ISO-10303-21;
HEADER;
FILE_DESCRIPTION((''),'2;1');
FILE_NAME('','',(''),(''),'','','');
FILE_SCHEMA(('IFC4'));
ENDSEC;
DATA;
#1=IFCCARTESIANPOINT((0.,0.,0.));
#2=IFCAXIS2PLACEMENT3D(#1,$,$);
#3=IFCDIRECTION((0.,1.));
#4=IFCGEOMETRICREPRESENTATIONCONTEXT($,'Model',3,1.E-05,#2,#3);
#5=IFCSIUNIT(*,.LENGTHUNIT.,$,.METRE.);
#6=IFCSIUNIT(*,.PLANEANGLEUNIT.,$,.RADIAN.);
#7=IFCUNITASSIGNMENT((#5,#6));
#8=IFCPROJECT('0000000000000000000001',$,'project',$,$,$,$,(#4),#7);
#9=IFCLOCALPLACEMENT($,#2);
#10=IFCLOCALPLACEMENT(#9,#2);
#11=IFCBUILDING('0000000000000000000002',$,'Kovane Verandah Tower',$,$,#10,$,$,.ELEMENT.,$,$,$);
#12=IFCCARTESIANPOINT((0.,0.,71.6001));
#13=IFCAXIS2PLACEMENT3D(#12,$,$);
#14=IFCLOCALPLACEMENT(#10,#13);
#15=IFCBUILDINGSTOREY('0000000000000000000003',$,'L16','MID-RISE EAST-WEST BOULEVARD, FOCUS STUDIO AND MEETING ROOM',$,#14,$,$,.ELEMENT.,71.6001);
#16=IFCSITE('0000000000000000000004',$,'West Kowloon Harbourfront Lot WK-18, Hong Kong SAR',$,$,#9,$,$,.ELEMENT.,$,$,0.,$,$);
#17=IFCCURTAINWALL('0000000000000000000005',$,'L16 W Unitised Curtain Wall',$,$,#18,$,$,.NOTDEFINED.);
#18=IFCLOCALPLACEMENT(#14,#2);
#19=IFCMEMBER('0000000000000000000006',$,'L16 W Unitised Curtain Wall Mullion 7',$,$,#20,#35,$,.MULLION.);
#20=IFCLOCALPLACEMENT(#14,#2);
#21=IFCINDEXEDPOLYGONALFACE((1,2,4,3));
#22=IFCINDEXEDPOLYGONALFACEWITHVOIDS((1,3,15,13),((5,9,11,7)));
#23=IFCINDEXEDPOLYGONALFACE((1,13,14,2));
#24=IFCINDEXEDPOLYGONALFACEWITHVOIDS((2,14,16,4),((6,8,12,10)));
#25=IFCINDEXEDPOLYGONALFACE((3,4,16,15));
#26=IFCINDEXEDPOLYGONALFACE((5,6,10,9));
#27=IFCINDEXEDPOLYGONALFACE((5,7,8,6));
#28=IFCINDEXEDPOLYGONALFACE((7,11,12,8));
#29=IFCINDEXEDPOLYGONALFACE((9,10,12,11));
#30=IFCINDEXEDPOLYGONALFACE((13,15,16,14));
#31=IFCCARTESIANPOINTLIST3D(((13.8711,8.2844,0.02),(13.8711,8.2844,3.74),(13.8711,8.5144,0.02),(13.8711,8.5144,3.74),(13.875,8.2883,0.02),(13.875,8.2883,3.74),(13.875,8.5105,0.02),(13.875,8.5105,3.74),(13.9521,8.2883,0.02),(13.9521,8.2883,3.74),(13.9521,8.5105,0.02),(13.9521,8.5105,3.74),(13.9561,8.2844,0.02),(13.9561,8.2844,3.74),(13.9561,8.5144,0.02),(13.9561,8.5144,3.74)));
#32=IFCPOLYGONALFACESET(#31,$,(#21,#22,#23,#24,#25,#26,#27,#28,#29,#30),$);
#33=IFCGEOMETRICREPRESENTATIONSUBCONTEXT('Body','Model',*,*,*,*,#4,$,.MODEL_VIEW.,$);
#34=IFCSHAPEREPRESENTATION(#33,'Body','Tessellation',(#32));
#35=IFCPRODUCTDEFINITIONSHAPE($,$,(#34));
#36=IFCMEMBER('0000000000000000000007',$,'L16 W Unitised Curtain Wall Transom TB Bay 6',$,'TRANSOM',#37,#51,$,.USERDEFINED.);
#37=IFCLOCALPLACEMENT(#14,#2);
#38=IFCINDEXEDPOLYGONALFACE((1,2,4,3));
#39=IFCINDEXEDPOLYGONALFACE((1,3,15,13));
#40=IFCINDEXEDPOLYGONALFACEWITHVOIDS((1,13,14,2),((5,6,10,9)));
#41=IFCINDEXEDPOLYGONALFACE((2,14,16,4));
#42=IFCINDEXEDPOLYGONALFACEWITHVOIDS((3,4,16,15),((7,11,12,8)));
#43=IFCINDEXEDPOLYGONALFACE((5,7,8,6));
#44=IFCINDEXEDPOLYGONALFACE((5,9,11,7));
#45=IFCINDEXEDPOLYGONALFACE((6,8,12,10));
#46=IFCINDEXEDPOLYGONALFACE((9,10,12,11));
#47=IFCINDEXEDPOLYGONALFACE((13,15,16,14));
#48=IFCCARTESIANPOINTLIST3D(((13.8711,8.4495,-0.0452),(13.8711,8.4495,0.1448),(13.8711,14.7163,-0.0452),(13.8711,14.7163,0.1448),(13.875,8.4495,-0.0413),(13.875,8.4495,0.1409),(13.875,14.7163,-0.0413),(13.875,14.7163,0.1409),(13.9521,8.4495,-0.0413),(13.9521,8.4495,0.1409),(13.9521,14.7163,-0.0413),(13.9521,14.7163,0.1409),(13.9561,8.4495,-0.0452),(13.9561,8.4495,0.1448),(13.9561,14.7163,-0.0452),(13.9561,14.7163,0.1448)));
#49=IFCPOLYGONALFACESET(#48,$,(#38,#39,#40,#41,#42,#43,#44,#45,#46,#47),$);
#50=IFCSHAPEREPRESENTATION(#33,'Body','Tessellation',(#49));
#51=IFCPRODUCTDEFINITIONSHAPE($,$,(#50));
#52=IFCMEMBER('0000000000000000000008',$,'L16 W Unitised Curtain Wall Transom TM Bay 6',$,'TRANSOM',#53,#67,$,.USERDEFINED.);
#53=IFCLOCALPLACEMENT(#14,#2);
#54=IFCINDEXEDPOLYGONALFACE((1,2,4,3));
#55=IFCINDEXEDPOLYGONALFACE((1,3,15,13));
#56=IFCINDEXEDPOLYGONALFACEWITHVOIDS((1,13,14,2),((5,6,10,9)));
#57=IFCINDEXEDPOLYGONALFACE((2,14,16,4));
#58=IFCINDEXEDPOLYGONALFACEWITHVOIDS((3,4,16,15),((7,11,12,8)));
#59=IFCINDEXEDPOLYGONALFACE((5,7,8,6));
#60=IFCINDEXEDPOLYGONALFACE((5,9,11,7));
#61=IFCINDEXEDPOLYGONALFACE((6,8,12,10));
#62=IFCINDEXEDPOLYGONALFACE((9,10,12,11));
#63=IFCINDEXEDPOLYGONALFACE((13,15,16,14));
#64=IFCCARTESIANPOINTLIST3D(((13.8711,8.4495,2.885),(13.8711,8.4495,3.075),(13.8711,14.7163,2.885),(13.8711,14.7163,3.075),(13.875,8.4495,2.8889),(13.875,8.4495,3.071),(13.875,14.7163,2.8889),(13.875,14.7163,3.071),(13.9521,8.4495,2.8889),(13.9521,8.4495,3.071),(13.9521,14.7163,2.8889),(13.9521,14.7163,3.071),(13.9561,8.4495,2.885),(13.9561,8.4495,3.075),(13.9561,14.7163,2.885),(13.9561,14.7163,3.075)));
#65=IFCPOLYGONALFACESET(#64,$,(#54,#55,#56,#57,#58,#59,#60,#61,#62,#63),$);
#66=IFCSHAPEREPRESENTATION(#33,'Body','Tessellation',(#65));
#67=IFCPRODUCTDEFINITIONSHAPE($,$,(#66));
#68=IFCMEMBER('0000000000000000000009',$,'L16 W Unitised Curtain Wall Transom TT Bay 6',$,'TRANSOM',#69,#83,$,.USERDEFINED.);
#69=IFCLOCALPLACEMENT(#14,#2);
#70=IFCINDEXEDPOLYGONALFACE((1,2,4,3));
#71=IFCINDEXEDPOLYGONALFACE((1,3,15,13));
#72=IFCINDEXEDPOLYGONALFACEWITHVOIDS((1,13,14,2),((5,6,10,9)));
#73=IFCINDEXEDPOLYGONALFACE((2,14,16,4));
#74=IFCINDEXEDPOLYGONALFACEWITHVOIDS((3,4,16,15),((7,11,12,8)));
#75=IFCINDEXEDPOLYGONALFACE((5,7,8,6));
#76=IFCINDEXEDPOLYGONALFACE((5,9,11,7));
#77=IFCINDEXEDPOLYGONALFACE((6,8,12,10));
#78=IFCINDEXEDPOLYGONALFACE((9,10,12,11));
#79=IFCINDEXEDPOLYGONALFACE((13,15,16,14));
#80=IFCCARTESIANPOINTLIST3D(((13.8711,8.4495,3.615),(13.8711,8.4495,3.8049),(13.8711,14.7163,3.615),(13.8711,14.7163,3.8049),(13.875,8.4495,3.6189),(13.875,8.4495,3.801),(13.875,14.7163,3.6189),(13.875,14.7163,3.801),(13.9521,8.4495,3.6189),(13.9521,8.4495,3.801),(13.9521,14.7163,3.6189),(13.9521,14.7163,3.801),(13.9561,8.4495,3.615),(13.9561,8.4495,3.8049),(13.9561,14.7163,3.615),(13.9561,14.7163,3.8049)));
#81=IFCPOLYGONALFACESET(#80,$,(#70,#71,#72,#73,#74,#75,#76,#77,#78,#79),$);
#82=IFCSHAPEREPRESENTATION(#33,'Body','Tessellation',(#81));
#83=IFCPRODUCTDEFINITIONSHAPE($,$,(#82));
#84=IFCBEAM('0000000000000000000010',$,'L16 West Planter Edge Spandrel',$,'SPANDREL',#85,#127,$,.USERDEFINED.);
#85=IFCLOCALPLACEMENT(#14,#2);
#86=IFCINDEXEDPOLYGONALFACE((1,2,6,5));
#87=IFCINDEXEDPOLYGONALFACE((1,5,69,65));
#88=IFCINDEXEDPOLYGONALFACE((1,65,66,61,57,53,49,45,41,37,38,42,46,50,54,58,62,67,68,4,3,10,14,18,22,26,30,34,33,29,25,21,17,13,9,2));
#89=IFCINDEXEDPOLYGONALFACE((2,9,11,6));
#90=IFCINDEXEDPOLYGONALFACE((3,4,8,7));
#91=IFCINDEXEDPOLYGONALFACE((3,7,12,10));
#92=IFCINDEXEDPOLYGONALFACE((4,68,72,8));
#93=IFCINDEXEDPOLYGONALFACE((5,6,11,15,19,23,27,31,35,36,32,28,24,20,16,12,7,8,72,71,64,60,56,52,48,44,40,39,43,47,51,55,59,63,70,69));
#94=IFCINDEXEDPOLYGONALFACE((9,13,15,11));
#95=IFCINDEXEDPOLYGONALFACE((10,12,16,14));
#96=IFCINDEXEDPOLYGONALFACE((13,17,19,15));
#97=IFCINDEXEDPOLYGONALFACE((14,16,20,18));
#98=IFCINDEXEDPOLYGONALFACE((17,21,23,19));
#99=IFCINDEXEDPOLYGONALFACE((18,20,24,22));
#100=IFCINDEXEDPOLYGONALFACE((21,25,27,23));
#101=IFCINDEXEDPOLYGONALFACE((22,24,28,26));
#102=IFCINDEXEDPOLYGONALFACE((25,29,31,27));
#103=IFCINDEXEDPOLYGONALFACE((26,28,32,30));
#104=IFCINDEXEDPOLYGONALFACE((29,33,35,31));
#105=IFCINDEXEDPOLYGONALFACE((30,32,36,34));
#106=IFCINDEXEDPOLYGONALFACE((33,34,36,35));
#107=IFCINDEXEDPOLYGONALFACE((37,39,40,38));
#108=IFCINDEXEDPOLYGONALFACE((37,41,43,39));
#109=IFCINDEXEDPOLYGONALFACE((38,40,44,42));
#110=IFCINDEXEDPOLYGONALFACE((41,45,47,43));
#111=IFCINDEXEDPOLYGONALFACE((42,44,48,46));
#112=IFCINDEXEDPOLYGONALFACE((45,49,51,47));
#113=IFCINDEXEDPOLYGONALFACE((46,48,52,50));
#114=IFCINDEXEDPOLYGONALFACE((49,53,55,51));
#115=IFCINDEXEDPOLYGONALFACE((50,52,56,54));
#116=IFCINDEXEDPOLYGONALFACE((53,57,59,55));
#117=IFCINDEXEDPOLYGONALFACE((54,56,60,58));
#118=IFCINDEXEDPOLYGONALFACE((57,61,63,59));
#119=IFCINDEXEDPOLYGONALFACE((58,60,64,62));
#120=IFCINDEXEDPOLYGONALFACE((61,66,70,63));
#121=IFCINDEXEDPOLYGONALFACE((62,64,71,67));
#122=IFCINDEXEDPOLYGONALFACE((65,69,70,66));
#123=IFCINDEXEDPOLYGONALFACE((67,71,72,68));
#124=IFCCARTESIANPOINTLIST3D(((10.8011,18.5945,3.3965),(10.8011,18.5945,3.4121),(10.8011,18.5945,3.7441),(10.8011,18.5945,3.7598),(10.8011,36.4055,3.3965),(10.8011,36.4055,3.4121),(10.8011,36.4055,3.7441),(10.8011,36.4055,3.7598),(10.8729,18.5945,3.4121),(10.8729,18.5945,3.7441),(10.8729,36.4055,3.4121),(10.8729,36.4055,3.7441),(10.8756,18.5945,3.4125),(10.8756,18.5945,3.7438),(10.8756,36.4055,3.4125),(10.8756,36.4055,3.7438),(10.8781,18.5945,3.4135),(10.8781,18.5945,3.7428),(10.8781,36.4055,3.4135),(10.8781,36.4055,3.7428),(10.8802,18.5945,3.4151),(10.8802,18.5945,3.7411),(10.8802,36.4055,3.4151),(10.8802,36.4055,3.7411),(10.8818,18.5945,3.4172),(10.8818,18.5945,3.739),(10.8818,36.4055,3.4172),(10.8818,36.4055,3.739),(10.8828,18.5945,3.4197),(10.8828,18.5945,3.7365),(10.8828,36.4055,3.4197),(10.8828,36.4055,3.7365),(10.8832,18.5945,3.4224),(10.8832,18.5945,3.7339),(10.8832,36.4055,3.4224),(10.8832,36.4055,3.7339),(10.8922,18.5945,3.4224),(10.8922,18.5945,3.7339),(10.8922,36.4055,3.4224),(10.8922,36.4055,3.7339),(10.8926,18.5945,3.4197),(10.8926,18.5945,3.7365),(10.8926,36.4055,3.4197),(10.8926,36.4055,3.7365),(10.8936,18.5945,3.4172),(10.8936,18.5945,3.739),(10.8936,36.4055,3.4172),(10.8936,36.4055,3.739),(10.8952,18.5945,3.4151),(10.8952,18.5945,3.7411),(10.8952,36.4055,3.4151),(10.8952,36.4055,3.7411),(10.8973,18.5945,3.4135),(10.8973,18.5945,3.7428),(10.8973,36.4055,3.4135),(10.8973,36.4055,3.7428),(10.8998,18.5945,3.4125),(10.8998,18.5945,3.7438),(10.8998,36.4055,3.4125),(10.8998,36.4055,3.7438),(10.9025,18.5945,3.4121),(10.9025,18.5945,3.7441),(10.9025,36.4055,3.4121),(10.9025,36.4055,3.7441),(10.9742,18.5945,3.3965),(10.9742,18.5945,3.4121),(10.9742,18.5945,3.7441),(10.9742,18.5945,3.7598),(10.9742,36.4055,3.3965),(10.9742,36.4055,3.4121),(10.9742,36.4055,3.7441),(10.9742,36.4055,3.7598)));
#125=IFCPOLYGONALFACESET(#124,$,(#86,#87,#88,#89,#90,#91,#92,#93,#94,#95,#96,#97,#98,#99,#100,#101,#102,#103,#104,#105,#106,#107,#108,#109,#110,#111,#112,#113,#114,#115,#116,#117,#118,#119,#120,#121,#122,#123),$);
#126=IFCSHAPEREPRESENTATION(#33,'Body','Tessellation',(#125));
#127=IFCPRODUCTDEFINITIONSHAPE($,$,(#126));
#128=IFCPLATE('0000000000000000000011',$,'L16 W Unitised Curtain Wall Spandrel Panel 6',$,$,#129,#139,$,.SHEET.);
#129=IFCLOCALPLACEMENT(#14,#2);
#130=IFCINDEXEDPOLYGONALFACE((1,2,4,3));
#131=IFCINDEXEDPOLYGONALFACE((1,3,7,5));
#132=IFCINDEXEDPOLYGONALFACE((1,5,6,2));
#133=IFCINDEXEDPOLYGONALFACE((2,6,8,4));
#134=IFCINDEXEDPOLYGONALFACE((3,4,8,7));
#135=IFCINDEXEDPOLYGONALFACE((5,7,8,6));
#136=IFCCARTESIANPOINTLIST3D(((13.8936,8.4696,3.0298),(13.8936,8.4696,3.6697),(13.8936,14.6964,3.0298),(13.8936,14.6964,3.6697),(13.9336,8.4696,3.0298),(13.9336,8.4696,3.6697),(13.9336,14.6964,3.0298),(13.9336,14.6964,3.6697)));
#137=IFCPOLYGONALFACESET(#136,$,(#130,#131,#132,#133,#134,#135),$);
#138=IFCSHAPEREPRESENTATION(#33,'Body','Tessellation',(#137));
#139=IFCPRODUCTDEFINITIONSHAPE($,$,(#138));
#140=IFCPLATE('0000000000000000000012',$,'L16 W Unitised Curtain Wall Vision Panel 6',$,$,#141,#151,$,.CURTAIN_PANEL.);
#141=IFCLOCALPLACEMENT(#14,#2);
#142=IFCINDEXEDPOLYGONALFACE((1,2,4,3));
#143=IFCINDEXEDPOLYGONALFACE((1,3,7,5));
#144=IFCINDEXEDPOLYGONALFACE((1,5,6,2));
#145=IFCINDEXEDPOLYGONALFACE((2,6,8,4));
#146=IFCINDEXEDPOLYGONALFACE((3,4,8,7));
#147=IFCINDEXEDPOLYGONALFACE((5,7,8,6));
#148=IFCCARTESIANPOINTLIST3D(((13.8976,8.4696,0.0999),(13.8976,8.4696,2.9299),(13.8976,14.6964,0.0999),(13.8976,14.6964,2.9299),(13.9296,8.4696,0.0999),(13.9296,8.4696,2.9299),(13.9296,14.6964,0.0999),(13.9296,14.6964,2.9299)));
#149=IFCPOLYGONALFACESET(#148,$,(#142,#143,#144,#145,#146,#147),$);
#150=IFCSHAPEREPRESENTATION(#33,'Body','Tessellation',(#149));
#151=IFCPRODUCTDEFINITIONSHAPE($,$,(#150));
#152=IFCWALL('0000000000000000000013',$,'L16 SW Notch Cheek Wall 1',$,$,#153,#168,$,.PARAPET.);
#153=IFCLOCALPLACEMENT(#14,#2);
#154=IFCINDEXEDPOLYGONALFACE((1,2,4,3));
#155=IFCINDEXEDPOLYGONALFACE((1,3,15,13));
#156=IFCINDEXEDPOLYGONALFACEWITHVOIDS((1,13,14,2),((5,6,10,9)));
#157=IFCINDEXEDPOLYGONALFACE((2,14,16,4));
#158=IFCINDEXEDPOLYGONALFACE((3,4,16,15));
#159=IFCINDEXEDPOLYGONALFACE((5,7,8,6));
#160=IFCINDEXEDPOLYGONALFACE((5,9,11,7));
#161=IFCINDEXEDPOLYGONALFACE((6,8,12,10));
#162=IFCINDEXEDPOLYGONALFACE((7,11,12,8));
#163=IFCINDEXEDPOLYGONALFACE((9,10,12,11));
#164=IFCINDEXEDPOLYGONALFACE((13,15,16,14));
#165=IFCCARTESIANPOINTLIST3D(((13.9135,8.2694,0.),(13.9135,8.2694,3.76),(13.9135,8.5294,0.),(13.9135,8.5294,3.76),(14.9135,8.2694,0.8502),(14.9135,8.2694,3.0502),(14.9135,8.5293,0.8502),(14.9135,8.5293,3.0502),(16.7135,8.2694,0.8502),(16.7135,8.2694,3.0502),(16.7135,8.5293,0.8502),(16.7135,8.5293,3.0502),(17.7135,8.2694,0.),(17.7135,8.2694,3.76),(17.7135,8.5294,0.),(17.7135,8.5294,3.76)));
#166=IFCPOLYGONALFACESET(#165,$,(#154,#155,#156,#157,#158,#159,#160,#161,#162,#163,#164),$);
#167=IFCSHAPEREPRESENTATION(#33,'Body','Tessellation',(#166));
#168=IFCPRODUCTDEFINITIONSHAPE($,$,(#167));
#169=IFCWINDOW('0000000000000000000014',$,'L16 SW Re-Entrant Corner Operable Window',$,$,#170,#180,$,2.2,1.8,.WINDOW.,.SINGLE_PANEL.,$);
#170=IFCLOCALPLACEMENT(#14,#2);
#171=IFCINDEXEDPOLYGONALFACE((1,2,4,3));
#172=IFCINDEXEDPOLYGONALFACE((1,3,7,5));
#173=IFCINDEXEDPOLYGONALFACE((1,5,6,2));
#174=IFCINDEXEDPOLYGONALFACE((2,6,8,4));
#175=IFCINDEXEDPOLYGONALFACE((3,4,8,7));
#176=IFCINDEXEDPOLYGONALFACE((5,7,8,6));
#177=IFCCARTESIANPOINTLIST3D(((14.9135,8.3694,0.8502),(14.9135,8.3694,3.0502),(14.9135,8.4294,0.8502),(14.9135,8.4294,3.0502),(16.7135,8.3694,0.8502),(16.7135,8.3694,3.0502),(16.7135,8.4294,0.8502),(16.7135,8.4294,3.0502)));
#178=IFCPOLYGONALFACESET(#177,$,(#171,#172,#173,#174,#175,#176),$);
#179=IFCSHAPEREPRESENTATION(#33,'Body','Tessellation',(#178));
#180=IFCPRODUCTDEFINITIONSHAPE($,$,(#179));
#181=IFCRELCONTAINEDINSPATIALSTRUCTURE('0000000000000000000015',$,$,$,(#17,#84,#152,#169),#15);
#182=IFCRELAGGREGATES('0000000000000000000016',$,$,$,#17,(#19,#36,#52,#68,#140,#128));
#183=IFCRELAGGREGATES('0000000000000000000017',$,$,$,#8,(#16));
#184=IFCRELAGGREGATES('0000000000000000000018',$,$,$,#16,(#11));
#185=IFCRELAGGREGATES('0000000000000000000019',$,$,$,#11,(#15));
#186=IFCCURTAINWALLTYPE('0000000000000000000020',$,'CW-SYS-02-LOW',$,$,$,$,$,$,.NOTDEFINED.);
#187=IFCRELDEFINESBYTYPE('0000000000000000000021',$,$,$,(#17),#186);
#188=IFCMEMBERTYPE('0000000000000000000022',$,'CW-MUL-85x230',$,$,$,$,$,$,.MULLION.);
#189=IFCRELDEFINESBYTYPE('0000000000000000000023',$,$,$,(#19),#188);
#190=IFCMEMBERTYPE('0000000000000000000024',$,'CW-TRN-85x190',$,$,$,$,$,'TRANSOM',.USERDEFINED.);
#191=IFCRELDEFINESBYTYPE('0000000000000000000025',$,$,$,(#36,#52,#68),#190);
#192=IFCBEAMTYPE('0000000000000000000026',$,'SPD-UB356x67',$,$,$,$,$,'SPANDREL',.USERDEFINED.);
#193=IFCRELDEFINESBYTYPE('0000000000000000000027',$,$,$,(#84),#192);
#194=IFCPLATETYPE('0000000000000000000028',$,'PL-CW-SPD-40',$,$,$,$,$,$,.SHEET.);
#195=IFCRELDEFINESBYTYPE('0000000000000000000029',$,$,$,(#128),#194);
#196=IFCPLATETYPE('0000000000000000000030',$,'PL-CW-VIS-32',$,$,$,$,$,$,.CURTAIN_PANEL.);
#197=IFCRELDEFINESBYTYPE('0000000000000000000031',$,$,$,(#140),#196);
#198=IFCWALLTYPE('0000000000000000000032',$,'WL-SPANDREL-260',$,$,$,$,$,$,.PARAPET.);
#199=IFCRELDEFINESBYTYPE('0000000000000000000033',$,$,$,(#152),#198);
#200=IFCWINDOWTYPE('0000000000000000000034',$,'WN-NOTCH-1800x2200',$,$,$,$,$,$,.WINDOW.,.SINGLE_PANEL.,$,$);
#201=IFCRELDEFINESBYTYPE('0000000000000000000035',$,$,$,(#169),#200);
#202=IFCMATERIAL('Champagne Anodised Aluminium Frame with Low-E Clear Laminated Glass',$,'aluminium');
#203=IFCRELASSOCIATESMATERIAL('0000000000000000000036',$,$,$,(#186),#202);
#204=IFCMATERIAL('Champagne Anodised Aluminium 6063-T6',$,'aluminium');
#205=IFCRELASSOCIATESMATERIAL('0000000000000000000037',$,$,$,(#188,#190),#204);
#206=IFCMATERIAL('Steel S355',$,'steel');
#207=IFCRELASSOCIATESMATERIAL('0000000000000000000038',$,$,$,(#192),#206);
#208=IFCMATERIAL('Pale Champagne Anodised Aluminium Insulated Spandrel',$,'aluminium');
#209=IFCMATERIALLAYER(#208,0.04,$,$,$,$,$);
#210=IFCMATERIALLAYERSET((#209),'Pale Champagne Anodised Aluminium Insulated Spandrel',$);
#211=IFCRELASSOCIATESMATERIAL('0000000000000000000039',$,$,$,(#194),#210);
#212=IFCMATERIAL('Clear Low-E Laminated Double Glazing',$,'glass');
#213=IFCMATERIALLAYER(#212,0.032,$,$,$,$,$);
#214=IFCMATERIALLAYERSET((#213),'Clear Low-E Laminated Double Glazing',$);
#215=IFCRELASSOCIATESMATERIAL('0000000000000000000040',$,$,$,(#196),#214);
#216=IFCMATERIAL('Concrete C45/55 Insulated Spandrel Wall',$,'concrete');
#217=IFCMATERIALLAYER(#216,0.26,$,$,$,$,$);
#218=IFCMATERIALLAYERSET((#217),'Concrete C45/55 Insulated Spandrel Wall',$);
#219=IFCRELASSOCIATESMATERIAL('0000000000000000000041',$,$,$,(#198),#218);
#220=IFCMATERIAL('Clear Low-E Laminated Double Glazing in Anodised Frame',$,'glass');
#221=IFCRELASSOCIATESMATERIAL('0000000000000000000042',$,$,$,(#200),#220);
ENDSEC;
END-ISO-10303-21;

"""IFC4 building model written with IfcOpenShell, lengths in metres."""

from ifc_helpers import new_model, si_unit, direction, frame, frame_2d, origin, origin_2d, place, context, subcontext, project, spatial, rectangle, hollow_rectangle, i_section, extrude, material, layer, layer_set, material_profile, profile_set, type_object, element, fill, aggregate, save


model = new_model("IFC4")

# Units and contexts
model_context = context("Model", 3, precision=1e-05, world=origin(), true_north=direction((0.0, 1.0)))
body_context = subcontext(model_context, "Body", "Model", "MODEL_VIEW")
ifc_project = project(units=[si_unit("LENGTHUNIT", "METRE"), si_unit("PLANEANGLEUNIT", "RADIAN")], contexts=[model_context])

# Site, building, storey
site_placement = place(None, origin())
site = spatial("IfcSite", under=ifc_project, at=site_placement, Name="West Kowloon Harbourfront Lot WK-18, Hong Kong SAR", CompositionType="ELEMENT", RefElevation=0.0)
building_placement = place(site_placement, origin())
building = spatial("IfcBuilding", under=site, at=building_placement, Name="Kovane Verandah Tower", CompositionType="ELEMENT")
storey_placement = place(building_placement, frame((0.0, 0.0, 71.6001)))
storey = spatial("IfcBuildingStorey", under=building, at=storey_placement, Name="L16", Description="MID-RISE EAST-WEST BOULEVARD, FOCUS STUDIO AND MEETING ROOM", CompositionType="ELEMENT", Elevation=71.6001)

# Curtain wall, members
ifc_material_1 = material(Name="Champagne Anodised Aluminium Frame with Low-E Clear Laminated Glass", Category="aluminium")
curtain_wall_type = type_object("IfcCurtainWallType", Name="CW-SYS-02-LOW", PredefinedType="NOTDEFINED", material=ifc_material_1)
curtain_wall_placement = place(storey_placement, origin())
curtain_wall = element("IfcCurtainWall", 1, at=curtain_wall_placement, inside=storey, type_object=curtain_wall_type, Name="L16 W Unitised Curtain Wall", PredefinedType="NOTDEFINED")
ifc_material_2 = material(Name="Champagne Anodised Aluminium 6063-T6", Category="aluminium")
ifc_material_profile_1 = material_profile(ifc_material_2, hollow_rectangle(XDim=0.085, YDim=0.23, WallThickness=0.0039, at=origin_2d()), Name="AL85x230x4")
ifc_profile_set_1 = profile_set([ifc_material_profile_1], Name="Champagne Anodised Aluminium 6063-T6")
member_type_1 = type_object("IfcMemberType", Name="CW-MUL-85x230", PredefinedType="MULLION", material=ifc_profile_set_1)
member_1_placement = place(storey_placement, frame((13.9136, 8.3994, 0.02), z_axis=(0.0, 0.0, 1.0), x_axis=(-1.0, 0.0, 0.0)))
member_1 = element("IfcMember", 2, at=member_1_placement, type_object=member_type_1, Name="L16 W Unitised Curtain Wall Mullion 7", PredefinedType="MULLION", context=body_context, shape_type="SweptSolid", body=[
    extrude(hollow_rectangle(XDim=0.085, YDim=0.23, WallThickness=0.0039, at=origin_2d()), origin(), (0.0, 0.0, 1.0), 3.72),
])
ifc_material_profile_2 = material_profile(ifc_material_2, hollow_rectangle(XDim=0.085, YDim=0.1899, WallThickness=0.0039, at=origin_2d()), Name="AL85x190x4")
ifc_profile_set_2 = profile_set([ifc_material_profile_2], Name="Champagne Anodised Aluminium 6063-T6")
member_type_2 = type_object("IfcMemberType", Name="CW-TRN-85x190", ElementType="TRANSOM", PredefinedType="USERDEFINED", material=ifc_profile_set_2)
member_2_placement = place(storey_placement, frame((13.9136, 14.7163, 0.0498), z_axis=(0.0, -1.0, 0.0), x_axis=(1.0, 0.0, 0.0)))
member_2 = element("IfcMember", 3, at=member_2_placement, type_object=member_type_2, Name="L16 W Unitised Curtain Wall Transom TB Bay 6", ObjectType="TRANSOM", PredefinedType="USERDEFINED", context=body_context, shape_type="SweptSolid", body=[
    extrude(hollow_rectangle(XDim=0.085, YDim=0.1899, WallThickness=0.0039, at=origin_2d()), origin(), (0.0, 0.0, 1.0), 6.2668),
])
member_3_placement = place(storey_placement, frame((13.9136, 14.7163, 2.98), z_axis=(0.0, -1.0, 0.0), x_axis=(1.0, 0.0, 0.0)))
member_3 = element("IfcMember", 4, at=member_3_placement, type_object=member_type_2, Name="L16 W Unitised Curtain Wall Transom TM Bay 6", ObjectType="TRANSOM", PredefinedType="USERDEFINED", context=body_context, shape_type="SweptSolid", body=[
    extrude(hollow_rectangle(XDim=0.085, YDim=0.1899, WallThickness=0.0039, at=origin_2d()), origin(), (0.0, 0.0, 1.0), 6.2668),
])
member_4_placement = place(storey_placement, frame((13.9136, 14.7163, 3.71), z_axis=(0.0, -1.0, 0.0), x_axis=(1.0, 0.0, 0.0)))
member_4 = element("IfcMember", 5, at=member_4_placement, type_object=member_type_2, Name="L16 W Unitised Curtain Wall Transom TT Bay 6", ObjectType="TRANSOM", PredefinedType="USERDEFINED", context=body_context, shape_type="SweptSolid", body=[
    extrude(hollow_rectangle(XDim=0.085, YDim=0.1899, WallThickness=0.0039, at=origin_2d()), origin(), (0.0, 0.0, 1.0), 6.2668),
])

# Beam
ifc_material_3 = material(Name="Steel S355", Category="steel")
ifc_material_profile_3 = material_profile(ifc_material_3, i_section(OverallWidth=0.1731, OverallDepth=0.3633, WebThickness=0.009, FlangeThickness=0.0156, FilletRadius=0.0103, at=origin_2d()), Name="UB356x171x67")
ifc_profile_set_3 = profile_set([ifc_material_profile_3], Name="Steel S355")
beam_type = type_object("IfcBeamType", Name="SPD-UB356x67", ElementType="SPANDREL", PredefinedType="USERDEFINED", material=ifc_profile_set_3)
beam_placement = place(storey_placement, frame((10.8877, 18.5945, 3.5781), z_axis=(0.0, 1.0, 0.0), x_axis=(-1.0, 0.0, 0.0)))
element("IfcBeam", 6, at=beam_placement, inside=storey, type_object=beam_type, Name="L16 West Planter Edge Spandrel", ObjectType="SPANDREL", PredefinedType="USERDEFINED", context=body_context, shape_type="SweptSolid", body=[
    extrude(i_section(OverallWidth=0.1731, OverallDepth=0.3633, WebThickness=0.009, FlangeThickness=0.0156, FilletRadius=0.0103, at=origin_2d()), origin(), (0.0, 0.0, 1.0), 17.811),
])

# Plates
ifc_material_4 = material(Name="Pale Champagne Anodised Aluminium Insulated Spandrel", Category="aluminium")
ifc_layer_1 = layer(ifc_material_4, 0.04)
ifc_layer_set_1 = layer_set([ifc_layer_1], Name="Pale Champagne Anodised Aluminium Insulated Spandrel")
plate_type_1 = type_object("IfcPlateType", Name="PL-CW-SPD-40", PredefinedType="SHEET", material=ifc_layer_set_1)
plate_1_placement = place(storey_placement, frame((13.9136, 11.583, 3.0298), z_axis=(0.0, 0.0, 1.0), x_axis=(0.0, -1.0, 0.0)))
plate_1 = element("IfcPlate", 7, at=plate_1_placement, type_object=plate_type_1, Name="L16 W Unitised Curtain Wall Spandrel Panel 6", PredefinedType="SHEET", context=body_context, shape_type="SweptSolid", body=[
    extrude(rectangle(XDim=6.2268, YDim=0.04, at=origin_2d()), origin(), (0.0, 0.0, 1.0), 0.6399),
])
ifc_material_5 = material(Name="Clear Low-E Laminated Double Glazing", Category="glass")
ifc_layer_2 = layer(ifc_material_5, 0.032)
ifc_layer_set_2 = layer_set([ifc_layer_2], Name="Clear Low-E Laminated Double Glazing")
plate_type_2 = type_object("IfcPlateType", Name="PL-CW-VIS-32", PredefinedType="CURTAIN_PANEL", material=ifc_layer_set_2)
plate_2_placement = place(storey_placement, frame((13.9136, 11.583, 0.0999), z_axis=(0.0, 0.0, 1.0), x_axis=(0.0, -1.0, 0.0)))
plate_2 = element("IfcPlate", 8, at=plate_2_placement, type_object=plate_type_2, Name="L16 W Unitised Curtain Wall Vision Panel 6", PredefinedType="CURTAIN_PANEL", context=body_context, shape_type="SweptSolid", body=[
    extrude(rectangle(XDim=6.2268, YDim=0.032, at=origin_2d()), origin(), (0.0, 0.0, 1.0), 2.8301),
])
aggregate(curtain_wall, [member_1, member_2, member_3, member_4, plate_2, plate_1])

# Wall, opening, window
ifc_material_6 = material(Name="Concrete C45/55 Insulated Spandrel Wall", Category="concrete")
ifc_layer_3 = layer(ifc_material_6, 0.26)
ifc_layer_set_3 = layer_set([ifc_layer_3], Name="Concrete C45/55 Insulated Spandrel Wall")
wall_type = type_object("IfcWallType", Name="WL-SPANDREL-260", PredefinedType="PARAPET", material=ifc_layer_set_3)
wall_placement = place(storey_placement, frame((13.9136, 8.3994, 0.0), z_axis=(0.0, 0.0, 1.0), x_axis=(1.0, 0.0, 0.0)))
wall = element("IfcWall", 9, at=wall_placement, inside=storey, type_object=wall_type, Name="L16 SW Notch Cheek Wall 1", PredefinedType="PARAPET", context=body_context, shape_type="SweptSolid", body=[
    extrude(rectangle(XDim=3.8, YDim=0.26, at=frame_2d((1.8999, 0.0))), origin(), (0.0, 0.0, 1.0), 3.76),
])
opening_placement = place(wall_placement, frame((1.0, 0.0, 0.8501)))
opening = element("IfcOpeningElement", 10, at=opening_placement, cuts=wall, PredefinedType="OPENING", context=body_context, shape_type="SweptSolid", body=[
    extrude(rectangle(XDim=1.8, YDim=2.2, at=frame_2d((0.8999, 1.1001))), frame((0.0, 0.1299, 0.0), z_axis=(0.0, -1.0, 0.0), x_axis=(1.0, 0.0, 0.0)), (0.0, 0.0, 1.0), 0.26),
])
ifc_material_7 = material(Name="Clear Low-E Laminated Double Glazing in Anodised Frame", Category="glass")
window_type = type_object("IfcWindowType", Name="WN-NOTCH-1800x2200", PartitioningType="SINGLE_PANEL", PredefinedType="WINDOW", material=ifc_material_7)
window_placement = place(opening_placement, origin())
window = element("IfcWindow", 11, at=window_placement, inside=storey, type_object=window_type, Name="L16 SW Re-Entrant Corner Operable Window", OverallHeight=2.2, OverallWidth=1.8, PartitioningType="SINGLE_PANEL", PredefinedType="WINDOW", context=body_context, shape_type="SweptSolid", body=[
    extrude(rectangle(XDim=1.8, YDim=2.2, at=frame_2d((0.8999, 1.1001))), frame((0.0, 0.03, 0.0), z_axis=(0.0, -1.0, 0.0), x_axis=(1.0, 0.0, 0.0)), (0.0, 0.0, 1.0), 0.0601),
])
fill(opening, window)

save(model, "model.ifc")
